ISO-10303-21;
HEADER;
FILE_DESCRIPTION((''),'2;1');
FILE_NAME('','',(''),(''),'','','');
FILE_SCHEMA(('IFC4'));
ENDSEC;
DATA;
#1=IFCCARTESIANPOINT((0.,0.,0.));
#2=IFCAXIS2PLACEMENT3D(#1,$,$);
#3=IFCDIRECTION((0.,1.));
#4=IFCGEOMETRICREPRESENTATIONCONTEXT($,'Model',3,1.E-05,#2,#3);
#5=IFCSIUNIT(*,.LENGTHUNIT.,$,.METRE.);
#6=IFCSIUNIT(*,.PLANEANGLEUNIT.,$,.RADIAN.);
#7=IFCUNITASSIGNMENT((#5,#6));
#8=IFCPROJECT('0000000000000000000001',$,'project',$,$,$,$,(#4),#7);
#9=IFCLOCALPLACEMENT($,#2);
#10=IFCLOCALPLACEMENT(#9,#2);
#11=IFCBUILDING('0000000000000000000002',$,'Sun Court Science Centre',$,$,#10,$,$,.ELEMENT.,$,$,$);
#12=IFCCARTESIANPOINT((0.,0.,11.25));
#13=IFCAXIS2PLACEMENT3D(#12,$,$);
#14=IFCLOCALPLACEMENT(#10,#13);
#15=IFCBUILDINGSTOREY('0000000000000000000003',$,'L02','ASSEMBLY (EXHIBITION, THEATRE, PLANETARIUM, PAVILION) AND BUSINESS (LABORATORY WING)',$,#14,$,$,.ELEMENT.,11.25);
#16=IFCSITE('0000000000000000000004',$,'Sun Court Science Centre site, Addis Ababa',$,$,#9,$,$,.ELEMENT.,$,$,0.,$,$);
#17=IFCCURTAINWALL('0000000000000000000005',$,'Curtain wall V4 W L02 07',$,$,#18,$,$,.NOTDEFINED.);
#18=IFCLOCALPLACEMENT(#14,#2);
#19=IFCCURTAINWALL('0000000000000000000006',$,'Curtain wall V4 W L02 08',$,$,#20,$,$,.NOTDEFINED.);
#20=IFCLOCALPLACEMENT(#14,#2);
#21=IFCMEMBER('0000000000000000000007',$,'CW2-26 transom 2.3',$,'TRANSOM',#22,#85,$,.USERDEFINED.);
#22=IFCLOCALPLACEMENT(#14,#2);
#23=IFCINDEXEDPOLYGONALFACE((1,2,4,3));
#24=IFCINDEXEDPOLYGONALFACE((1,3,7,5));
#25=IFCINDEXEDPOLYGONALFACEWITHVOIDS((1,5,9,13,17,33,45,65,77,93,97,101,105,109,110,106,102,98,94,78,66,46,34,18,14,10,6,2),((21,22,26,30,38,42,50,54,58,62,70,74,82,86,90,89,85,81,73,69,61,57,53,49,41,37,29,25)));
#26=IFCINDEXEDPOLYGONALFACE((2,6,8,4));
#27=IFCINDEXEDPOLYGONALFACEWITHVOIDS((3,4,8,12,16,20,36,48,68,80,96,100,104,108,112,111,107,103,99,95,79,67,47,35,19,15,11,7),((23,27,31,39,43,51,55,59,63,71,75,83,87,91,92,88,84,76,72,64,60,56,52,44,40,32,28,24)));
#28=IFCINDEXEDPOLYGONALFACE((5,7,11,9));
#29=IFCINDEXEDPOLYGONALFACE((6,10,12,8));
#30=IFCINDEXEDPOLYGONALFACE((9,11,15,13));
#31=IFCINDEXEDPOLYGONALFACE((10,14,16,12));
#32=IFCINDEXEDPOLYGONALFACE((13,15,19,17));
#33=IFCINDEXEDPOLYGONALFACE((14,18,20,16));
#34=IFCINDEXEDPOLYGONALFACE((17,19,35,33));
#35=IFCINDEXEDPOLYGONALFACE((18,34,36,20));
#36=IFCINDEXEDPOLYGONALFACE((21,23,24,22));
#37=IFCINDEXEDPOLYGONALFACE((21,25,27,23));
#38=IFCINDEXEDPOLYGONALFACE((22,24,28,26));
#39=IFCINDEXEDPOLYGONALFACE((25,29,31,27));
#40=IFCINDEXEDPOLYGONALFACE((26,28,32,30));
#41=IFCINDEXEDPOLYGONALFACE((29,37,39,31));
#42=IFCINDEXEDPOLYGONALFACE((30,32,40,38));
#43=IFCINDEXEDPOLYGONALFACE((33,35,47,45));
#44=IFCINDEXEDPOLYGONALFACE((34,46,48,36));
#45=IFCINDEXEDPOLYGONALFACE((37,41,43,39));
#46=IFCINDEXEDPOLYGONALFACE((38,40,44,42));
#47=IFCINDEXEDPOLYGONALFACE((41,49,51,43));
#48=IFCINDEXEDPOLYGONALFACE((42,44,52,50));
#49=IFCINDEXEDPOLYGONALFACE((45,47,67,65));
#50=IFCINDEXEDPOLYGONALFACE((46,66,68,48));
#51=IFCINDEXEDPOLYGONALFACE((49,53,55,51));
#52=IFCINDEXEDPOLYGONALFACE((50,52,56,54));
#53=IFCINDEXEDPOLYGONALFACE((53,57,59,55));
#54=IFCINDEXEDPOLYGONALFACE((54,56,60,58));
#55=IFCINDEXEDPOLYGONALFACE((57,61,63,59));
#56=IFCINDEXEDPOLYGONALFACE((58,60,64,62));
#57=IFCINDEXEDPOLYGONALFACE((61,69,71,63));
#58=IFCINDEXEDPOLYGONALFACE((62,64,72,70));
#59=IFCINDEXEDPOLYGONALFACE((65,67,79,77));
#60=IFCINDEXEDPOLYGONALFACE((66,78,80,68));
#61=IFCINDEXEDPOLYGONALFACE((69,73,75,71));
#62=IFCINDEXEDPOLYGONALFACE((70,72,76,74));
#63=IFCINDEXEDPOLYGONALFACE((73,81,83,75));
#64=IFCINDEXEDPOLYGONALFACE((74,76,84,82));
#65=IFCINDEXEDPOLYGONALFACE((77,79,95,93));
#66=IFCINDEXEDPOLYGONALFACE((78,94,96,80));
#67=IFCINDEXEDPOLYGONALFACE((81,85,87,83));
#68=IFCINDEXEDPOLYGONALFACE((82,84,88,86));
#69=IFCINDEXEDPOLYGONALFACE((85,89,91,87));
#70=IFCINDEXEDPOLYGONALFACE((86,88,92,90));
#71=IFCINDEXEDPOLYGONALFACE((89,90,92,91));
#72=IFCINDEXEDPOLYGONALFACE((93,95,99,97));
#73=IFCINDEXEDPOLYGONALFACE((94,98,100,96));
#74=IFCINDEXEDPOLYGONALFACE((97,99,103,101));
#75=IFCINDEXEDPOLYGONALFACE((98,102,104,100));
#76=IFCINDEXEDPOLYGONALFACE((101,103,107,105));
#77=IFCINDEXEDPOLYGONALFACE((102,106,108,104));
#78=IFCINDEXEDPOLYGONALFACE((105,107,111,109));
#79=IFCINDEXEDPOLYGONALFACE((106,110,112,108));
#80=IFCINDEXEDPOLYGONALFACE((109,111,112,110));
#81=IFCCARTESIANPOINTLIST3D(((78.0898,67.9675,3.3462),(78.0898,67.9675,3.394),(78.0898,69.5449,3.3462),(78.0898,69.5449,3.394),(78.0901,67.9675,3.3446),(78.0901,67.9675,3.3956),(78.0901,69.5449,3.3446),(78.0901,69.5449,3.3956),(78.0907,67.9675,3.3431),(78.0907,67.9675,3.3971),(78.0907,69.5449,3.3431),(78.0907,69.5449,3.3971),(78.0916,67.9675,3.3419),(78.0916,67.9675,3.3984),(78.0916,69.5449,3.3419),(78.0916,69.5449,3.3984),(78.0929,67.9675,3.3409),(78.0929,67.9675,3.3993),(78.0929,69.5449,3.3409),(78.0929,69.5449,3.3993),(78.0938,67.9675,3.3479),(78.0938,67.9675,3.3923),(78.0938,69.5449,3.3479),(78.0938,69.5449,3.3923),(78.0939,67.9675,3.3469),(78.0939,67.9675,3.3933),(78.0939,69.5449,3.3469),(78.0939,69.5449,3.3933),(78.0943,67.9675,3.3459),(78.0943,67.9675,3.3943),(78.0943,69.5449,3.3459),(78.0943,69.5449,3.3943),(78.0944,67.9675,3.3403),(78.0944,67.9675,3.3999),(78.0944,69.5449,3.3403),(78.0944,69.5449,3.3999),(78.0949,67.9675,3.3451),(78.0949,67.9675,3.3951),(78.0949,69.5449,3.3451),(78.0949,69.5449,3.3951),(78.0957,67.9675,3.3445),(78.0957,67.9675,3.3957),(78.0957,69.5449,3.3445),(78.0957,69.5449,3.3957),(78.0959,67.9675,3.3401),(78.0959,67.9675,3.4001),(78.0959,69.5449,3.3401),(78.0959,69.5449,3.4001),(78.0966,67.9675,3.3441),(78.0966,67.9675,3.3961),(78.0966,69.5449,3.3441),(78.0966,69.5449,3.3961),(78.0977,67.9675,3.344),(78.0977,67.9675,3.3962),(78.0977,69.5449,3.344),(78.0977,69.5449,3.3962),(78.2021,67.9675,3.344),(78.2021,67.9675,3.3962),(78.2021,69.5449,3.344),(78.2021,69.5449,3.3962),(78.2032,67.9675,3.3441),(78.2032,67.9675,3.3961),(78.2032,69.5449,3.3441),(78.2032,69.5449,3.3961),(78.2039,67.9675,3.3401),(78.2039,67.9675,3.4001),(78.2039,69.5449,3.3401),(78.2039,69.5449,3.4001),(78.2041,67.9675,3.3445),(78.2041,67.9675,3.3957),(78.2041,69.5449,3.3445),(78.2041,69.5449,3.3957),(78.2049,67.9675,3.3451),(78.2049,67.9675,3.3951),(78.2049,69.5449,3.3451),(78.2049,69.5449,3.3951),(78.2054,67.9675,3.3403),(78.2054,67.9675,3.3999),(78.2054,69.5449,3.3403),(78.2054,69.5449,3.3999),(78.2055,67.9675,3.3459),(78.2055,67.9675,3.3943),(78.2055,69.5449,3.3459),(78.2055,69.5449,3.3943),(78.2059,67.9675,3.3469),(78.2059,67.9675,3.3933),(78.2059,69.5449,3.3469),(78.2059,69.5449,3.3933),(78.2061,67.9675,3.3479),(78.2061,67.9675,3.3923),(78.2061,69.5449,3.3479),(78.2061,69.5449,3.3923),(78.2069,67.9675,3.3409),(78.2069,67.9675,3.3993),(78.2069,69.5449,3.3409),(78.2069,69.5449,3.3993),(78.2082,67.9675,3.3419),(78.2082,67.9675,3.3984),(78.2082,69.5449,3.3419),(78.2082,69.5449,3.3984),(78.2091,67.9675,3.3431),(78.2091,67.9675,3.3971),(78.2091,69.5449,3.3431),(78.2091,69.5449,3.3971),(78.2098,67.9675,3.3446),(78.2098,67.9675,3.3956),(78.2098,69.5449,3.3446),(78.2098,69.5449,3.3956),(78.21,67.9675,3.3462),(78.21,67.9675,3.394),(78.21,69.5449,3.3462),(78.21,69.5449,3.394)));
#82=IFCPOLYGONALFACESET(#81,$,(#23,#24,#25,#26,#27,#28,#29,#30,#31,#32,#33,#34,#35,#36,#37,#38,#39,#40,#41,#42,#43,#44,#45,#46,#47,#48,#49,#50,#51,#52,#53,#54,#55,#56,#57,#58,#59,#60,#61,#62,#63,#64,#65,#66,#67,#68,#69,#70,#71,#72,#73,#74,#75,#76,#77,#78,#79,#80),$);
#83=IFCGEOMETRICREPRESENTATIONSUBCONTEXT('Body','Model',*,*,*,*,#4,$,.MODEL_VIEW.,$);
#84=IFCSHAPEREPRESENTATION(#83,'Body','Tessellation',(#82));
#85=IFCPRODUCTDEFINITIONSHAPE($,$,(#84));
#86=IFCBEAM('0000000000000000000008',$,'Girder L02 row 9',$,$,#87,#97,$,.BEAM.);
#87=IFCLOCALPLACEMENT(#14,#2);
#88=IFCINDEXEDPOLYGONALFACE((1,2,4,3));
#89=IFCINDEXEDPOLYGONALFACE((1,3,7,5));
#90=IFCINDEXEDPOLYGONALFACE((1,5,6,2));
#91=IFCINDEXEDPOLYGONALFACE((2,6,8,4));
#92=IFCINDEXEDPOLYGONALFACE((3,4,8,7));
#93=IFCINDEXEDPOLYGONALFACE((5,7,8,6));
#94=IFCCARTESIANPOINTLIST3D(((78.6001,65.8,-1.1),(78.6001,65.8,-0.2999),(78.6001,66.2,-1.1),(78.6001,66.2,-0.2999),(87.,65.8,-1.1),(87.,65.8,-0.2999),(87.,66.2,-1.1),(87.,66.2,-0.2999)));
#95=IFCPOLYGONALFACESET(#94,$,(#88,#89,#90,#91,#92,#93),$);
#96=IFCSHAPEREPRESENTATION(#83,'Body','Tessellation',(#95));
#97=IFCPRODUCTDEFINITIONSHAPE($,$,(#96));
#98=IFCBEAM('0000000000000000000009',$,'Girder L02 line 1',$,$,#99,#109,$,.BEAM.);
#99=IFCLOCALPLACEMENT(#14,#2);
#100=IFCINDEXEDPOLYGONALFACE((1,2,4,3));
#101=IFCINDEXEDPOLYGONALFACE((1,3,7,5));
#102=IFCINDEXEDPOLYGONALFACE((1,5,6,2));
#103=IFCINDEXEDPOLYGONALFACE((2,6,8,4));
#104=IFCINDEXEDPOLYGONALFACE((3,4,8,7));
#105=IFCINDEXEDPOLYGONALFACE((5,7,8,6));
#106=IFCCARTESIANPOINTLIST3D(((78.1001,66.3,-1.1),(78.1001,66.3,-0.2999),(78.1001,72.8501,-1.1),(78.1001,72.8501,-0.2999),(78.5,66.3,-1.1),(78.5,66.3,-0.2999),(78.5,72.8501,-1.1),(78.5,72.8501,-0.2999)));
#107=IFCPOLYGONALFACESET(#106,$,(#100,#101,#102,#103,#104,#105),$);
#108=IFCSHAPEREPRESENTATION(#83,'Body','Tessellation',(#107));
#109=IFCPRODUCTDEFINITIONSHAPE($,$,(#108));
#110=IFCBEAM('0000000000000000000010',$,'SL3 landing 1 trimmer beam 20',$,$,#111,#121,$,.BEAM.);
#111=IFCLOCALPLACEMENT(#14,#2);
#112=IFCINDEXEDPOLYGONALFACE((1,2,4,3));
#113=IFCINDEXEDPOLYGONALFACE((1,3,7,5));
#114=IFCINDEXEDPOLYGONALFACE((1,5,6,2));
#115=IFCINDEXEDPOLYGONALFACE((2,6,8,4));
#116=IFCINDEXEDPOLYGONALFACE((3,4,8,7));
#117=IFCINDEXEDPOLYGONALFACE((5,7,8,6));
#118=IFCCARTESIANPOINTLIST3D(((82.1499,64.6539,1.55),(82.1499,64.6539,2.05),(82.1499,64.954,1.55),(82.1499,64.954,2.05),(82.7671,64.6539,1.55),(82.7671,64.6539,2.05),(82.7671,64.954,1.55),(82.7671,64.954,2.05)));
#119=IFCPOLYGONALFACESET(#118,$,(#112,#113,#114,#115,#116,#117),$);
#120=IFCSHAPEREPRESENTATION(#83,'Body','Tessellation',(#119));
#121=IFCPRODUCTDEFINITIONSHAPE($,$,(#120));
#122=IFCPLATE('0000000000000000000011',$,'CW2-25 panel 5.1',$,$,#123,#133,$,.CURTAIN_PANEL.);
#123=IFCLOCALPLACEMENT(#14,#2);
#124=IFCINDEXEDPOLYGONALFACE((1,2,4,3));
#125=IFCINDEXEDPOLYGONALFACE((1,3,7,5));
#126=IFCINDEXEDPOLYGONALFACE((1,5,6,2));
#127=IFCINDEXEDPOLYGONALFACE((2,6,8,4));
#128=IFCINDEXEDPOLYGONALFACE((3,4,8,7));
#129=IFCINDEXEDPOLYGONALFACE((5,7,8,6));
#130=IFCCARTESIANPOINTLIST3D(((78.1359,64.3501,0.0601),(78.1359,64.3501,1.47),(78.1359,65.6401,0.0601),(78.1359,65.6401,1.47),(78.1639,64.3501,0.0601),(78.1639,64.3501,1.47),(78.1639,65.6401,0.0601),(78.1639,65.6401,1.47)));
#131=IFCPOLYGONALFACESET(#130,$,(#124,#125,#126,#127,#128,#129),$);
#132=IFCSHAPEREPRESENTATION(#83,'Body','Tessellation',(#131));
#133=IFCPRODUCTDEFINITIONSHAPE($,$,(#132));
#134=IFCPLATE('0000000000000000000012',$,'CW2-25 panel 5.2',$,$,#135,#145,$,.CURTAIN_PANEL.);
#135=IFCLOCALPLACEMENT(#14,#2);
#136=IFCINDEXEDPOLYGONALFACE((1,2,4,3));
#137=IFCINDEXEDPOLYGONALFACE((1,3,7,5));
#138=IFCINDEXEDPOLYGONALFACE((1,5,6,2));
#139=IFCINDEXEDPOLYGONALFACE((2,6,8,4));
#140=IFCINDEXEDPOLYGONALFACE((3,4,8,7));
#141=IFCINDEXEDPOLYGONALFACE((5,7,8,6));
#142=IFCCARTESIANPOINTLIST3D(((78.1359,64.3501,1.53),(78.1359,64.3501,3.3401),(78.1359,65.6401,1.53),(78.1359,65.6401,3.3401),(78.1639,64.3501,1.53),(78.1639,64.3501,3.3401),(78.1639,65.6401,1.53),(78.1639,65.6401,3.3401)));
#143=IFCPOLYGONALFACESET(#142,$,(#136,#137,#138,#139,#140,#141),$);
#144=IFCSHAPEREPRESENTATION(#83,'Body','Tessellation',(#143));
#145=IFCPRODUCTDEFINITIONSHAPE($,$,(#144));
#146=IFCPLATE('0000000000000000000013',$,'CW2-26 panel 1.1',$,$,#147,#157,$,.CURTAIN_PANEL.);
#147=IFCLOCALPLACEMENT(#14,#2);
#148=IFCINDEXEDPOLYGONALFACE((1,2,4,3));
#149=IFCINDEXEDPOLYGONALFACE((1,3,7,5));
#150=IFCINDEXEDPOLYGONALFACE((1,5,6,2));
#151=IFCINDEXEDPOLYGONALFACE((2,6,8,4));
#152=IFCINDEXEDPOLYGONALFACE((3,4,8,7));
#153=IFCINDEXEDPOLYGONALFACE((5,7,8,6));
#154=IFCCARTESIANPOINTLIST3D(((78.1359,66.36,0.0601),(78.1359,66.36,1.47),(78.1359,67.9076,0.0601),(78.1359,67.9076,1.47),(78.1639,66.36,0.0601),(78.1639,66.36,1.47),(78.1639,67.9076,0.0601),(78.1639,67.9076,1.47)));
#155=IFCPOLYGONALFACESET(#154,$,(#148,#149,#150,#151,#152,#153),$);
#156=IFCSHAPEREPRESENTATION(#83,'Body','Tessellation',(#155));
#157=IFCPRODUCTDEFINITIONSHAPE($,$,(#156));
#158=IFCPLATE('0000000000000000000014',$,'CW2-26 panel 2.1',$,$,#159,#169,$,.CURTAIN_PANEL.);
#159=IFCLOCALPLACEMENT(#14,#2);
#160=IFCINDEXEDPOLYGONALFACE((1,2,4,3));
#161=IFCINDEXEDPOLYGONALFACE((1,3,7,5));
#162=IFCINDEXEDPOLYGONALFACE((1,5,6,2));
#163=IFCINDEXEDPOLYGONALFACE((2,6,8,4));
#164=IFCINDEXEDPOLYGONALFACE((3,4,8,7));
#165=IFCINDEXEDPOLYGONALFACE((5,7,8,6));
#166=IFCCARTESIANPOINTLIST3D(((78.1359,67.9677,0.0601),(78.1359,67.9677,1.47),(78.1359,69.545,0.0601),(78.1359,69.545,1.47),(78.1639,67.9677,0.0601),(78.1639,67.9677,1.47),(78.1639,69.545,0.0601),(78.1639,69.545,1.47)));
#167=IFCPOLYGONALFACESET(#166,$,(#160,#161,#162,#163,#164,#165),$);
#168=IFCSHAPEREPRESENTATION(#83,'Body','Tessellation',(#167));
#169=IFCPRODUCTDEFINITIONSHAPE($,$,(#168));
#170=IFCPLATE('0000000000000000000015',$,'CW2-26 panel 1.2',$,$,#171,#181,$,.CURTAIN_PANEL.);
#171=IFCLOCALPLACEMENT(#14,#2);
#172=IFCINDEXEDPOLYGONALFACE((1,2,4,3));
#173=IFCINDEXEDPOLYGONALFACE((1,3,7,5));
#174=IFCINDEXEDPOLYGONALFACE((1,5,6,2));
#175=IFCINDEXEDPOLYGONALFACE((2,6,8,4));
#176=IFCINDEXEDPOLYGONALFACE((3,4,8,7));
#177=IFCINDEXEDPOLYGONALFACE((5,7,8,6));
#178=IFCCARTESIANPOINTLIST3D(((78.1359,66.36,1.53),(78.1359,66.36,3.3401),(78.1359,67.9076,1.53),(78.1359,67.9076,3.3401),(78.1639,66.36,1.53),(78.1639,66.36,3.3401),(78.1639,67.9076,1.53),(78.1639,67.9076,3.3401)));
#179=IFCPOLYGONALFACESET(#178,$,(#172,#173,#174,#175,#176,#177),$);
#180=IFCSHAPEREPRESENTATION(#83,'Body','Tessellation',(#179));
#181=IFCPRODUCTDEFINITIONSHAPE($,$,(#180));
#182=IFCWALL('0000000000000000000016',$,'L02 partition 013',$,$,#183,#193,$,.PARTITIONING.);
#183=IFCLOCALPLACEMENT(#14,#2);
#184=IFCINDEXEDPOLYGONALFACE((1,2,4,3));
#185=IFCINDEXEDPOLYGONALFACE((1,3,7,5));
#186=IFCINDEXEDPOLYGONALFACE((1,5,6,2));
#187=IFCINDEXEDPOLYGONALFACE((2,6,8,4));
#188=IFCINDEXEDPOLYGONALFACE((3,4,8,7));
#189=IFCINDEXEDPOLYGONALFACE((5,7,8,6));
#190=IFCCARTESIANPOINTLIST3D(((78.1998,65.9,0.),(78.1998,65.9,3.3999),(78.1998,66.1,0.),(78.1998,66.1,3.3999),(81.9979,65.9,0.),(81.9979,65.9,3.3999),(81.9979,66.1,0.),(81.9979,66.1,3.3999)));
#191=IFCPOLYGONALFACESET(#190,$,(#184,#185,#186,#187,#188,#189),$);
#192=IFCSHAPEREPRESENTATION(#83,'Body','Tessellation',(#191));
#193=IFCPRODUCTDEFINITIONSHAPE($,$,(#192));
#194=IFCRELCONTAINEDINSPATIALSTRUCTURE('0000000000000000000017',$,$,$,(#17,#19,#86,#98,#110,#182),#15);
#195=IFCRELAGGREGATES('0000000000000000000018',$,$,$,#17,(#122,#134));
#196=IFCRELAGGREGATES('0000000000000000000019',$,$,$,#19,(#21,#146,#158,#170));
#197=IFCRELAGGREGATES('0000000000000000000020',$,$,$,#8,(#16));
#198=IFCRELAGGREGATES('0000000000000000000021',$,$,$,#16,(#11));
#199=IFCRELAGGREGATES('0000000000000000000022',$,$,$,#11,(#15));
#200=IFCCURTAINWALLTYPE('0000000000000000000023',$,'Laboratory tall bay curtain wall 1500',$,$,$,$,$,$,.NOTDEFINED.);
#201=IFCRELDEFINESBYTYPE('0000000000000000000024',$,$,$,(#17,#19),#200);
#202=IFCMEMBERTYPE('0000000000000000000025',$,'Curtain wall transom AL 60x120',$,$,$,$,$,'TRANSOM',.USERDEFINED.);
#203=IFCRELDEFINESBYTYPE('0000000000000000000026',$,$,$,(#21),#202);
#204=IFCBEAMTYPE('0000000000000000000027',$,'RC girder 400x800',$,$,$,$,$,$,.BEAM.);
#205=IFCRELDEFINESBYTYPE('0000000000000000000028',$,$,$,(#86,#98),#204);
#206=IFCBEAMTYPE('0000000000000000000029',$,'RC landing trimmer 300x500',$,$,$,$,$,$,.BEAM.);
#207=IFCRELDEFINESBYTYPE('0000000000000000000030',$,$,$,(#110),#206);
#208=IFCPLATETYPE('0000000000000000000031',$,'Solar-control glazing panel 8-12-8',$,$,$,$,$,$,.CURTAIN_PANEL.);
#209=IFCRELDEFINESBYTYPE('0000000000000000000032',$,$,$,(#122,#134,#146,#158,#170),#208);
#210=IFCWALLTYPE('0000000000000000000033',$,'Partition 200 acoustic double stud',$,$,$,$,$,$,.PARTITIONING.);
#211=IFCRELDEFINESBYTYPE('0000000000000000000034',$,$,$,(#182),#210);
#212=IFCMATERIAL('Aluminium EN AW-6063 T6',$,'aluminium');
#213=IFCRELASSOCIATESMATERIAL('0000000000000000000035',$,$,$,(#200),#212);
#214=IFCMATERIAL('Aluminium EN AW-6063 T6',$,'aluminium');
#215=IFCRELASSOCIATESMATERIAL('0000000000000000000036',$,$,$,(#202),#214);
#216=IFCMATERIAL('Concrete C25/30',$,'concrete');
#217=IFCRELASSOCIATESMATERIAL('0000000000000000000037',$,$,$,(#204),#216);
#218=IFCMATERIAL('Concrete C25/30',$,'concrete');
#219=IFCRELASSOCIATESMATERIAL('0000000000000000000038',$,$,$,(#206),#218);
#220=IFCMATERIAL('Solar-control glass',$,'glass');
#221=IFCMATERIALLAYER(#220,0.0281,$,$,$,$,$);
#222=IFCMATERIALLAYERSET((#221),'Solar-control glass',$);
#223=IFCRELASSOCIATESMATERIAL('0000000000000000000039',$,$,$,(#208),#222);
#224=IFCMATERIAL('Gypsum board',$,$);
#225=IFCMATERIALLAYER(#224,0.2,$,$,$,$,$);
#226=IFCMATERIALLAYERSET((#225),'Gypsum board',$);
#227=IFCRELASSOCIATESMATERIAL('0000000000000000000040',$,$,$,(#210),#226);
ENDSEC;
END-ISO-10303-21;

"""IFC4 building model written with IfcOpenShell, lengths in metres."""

from ifc_helpers import new_model, si_unit, direction, frame, frame_2d, origin, origin_2d, place, context, subcontext, project, spatial, rectangle, hollow_rectangle, extrude, material, layer, layer_set, material_profile, profile_set, type_object, element, aggregate, save


model = new_model("IFC4")

# Units and contexts
model_context = context("Model", 3, precision=1e-05, world=origin(), true_north=direction((0.0, 1.0)))
body_context = subcontext(model_context, "Body", "Model", "MODEL_VIEW")
ifc_project = project(units=[si_unit("LENGTHUNIT", "METRE"), si_unit("PLANEANGLEUNIT", "RADIAN")], contexts=[model_context])

# Site, building, storey
site_placement = place(None, origin())
site = spatial("IfcSite", under=ifc_project, at=site_placement, Name="Sun Court Science Centre site, Addis Ababa", CompositionType="ELEMENT", RefElevation=0.0)
building_placement = place(site_placement, origin())
building = spatial("IfcBuilding", under=site, at=building_placement, Name="Sun Court Science Centre", CompositionType="ELEMENT")
storey_placement = place(building_placement, frame((0.0, 0.0, 11.25)))
storey = spatial("IfcBuildingStorey", under=building, at=storey_placement, Name="L02", Description="ASSEMBLY (EXHIBITION, THEATRE, PLANETARIUM, PAVILION) AND BUSINESS (LABORATORY WING)", CompositionType="ELEMENT", Elevation=11.25)

# Curtain walls
ifc_material_1 = material(Name="Aluminium EN AW-6063 T6", Category="aluminium")
curtain_wall_type = type_object("IfcCurtainWallType", Name="Laboratory tall bay curtain wall 1500", PredefinedType="NOTDEFINED", material=ifc_material_1)
curtain_wall_1_placement = place(storey_placement, origin())
curtain_wall_1 = element("IfcCurtainWall", 1, at=curtain_wall_1_placement, inside=storey, type_object=curtain_wall_type, Name="Curtain wall V4 W L02 07", PredefinedType="NOTDEFINED")
curtain_wall_2_placement = place(storey_placement, origin())
curtain_wall_2 = element("IfcCurtainWall", 2, at=curtain_wall_2_placement, inside=storey, type_object=curtain_wall_type, Name="Curtain wall V4 W L02 08", PredefinedType="NOTDEFINED")

# Member
ifc_material_2 = material(Name="Aluminium EN AW-6063 T6", Category="aluminium")
ifc_material_profile_1 = material_profile(ifc_material_2, hollow_rectangle(XDim=0.0601, YDim=0.1201, WallThickness=0.0039, InnerFilletRadius=0.0039, OuterFilletRadius=0.0061, at=origin_2d()), Name="AL 60x120x4")
ifc_profile_set_1 = profile_set([ifc_material_profile_1], Name="Aluminium EN AW-6063 T6")
member_type_1 = type_object("IfcMemberType", Name="Curtain wall transom AL 60x120", ElementType="TRANSOM", PredefinedType="USERDEFINED", material=ifc_profile_set_1)
member_1_placement = place(storey_placement, frame((78.1499, 67.9675, 3.3701), z_axis=(0.0, 1.0, 0.0), x_axis=(0.0, 0.0, 1.0)))
member_1 = element("IfcMember", 3, at=member_1_placement, type_object=member_type_1, Name="CW2-26 transom 2.3", ObjectType="TRANSOM", PredefinedType="USERDEFINED", context=body_context, shape_type="SweptSolid", body=[
    extrude(hollow_rectangle(XDim=0.0601, YDim=0.1201, WallThickness=0.0039, InnerFilletRadius=0.0039, OuterFilletRadius=0.0061, at=origin_2d()), origin(), (0.0, 0.0, 1.0), 1.5774),
])

# Beams
ifc_material_3 = material(Name="Concrete C25/30", Category="concrete")
ifc_material_profile_2 = material_profile(ifc_material_3, rectangle(XDim=0.3999, YDim=0.8, at=origin_2d()), Name="RC 400x800")
ifc_profile_set_2 = profile_set([ifc_material_profile_2], Name="Concrete C25/30")
beam_type_1 = type_object("IfcBeamType", Name="RC girder 400x800", PredefinedType="BEAM", material=ifc_profile_set_2)
beam_1_placement = place(storey_placement, frame((78.6001, 66.0, -0.7), z_axis=(1.0, 0.0, 0.0), x_axis=(0.0, 1.0, 0.0)))
element("IfcBeam", 4, at=beam_1_placement, inside=storey, type_object=beam_type_1, Name="Girder L02 row 9", PredefinedType="BEAM", context=body_context, shape_type="SweptSolid", body=[
    extrude(rectangle(XDim=0.3999, YDim=0.8, at=origin_2d()), origin(), (0.0, 0.0, 1.0), 8.3999),
])
beam_2_placement = place(storey_placement, frame((78.3, 66.3, -0.7), z_axis=(0.0, 1.0, 0.0), x_axis=(-1.0, 0.0, 0.0)))
element("IfcBeam", 5, at=beam_2_placement, inside=storey, type_object=beam_type_1, Name="Girder L02 line 1", PredefinedType="BEAM", context=body_context, shape_type="SweptSolid", body=[
    extrude(rectangle(XDim=0.3999, YDim=0.8, at=origin_2d()), origin(), (0.0, 0.0, 1.0), 6.55),
])
ifc_material_4 = material(Name="Concrete C25/30", Category="concrete")
ifc_material_profile_3 = material_profile(ifc_material_4, rectangle(XDim=0.3, YDim=0.5, at=origin_2d()), Name="RC 300x500")
ifc_profile_set_3 = profile_set([ifc_material_profile_3], Name="Concrete C25/30")
beam_type_2 = type_object("IfcBeamType", Name="RC landing trimmer 300x500", PredefinedType="BEAM", material=ifc_profile_set_3)
beam_3_placement = place(storey_placement, frame((82.1499, 64.804, 1.8), z_axis=(1.0, 0.0, 0.0), x_axis=(0.0, 1.0, 0.0)))
element("IfcBeam", 6, at=beam_3_placement, inside=storey, type_object=beam_type_2, Name="SL3 landing 1 trimmer beam 20", PredefinedType="BEAM", context=body_context, shape_type="SweptSolid", body=[
    extrude(rectangle(XDim=0.3, YDim=0.5, at=origin_2d()), origin(), (0.0, 0.0, 1.0), 0.6172),
])

# Plates
ifc_material_5 = material(Name="Solar-control glass", Category="glass")
ifc_layer_1 = layer(ifc_material_5, 0.0281)
ifc_layer_set_1 = layer_set([ifc_layer_1], Name="Solar-control glass")
plate_type = type_object("IfcPlateType", Name="Solar-control glazing panel 8-12-8", PredefinedType="CURTAIN_PANEL", material=ifc_layer_set_1)
plate_1_placement = place(storey_placement, frame((78.1499, 64.9951, 0.0601), z_axis=(0.0, 0.0, 1.0), x_axis=(0.0, 1.0, 0.0)))
plate_1 = element("IfcPlate", 7, at=plate_1_placement, type_object=plate_type, Name="CW2-25 panel 5.1", PredefinedType="CURTAIN_PANEL", context=body_context, shape_type="SweptSolid", body=[
    extrude(rectangle(XDim=1.29, YDim=0.0281, at=origin_2d()), origin(), (0.0, 0.0, 1.0), 1.4099),
])
plate_2_placement = place(storey_placement, frame((78.1499, 64.9951, 1.53), z_axis=(0.0, 0.0, 1.0), x_axis=(0.0, 1.0, 0.0)))
plate_2 = element("IfcPlate", 8, at=plate_2_placement, type_object=plate_type, Name="CW2-25 panel 5.2", PredefinedType="CURTAIN_PANEL", context=body_context, shape_type="SweptSolid", body=[
    extrude(rectangle(XDim=1.29, YDim=0.0281, at=origin_2d()), origin(), (0.0, 0.0, 1.0), 1.8101),
])
aggregate(curtain_wall_1, [plate_1, plate_2])
plate_3_placement = place(storey_placement, frame((78.1499, 67.1338, 0.0601), z_axis=(0.0, 0.0, 1.0), x_axis=(0.0, 1.0, 0.0)))
plate_3 = element("IfcPlate", 9, at=plate_3_placement, type_object=plate_type, Name="CW2-26 panel 1.1", PredefinedType="CURTAIN_PANEL", context=body_context, shape_type="SweptSolid", body=[
    extrude(rectangle(XDim=1.5476, YDim=0.0281, at=origin_2d()), origin(), (0.0, 0.0, 1.0), 1.4099),
])
plate_4_placement = place(storey_placement, frame((78.1499, 68.7563, 0.0601), z_axis=(0.0, 0.0, 1.0), x_axis=(0.0, 1.0, 0.0)))
plate_4 = element("IfcPlate", 10, at=plate_4_placement, type_object=plate_type, Name="CW2-26 panel 2.1", PredefinedType="CURTAIN_PANEL", context=body_context, shape_type="SweptSolid", body=[
    extrude(rectangle(XDim=1.5774, YDim=0.0281, at=origin_2d()), origin(), (0.0, 0.0, 1.0), 1.4099),
])
plate_5_placement = place(storey_placement, frame((78.1499, 67.1338, 1.53), z_axis=(0.0, 0.0, 1.0), x_axis=(0.0, 1.0, 0.0)))
plate_5 = element("IfcPlate", 11, at=plate_5_placement, type_object=plate_type, Name="CW2-26 panel 1.2", PredefinedType="CURTAIN_PANEL", context=body_context, shape_type="SweptSolid", body=[
    extrude(rectangle(XDim=1.5476, YDim=0.0281, at=origin_2d()), origin(), (0.0, 0.0, 1.0), 1.8101),
])
aggregate(curtain_wall_2, [member_1, plate_3, plate_4, plate_5])

# Wall
ifc_material_6 = material(Name="Gypsum board")
ifc_layer_2 = layer(ifc_material_6, 0.2)
ifc_layer_set_2 = layer_set([ifc_layer_2], Name="Gypsum board")
wall_type_1 = type_object("IfcWallType", Name="Partition 200 acoustic double stud", PredefinedType="PARTITIONING", material=ifc_layer_set_2)
wall_1_placement = place(storey_placement, frame((78.2, 66.0, 0.0), z_axis=(0.0, 0.0, 1.0), x_axis=(1.0, 0.0, 0.0)))
element("IfcWall", 12, at=wall_1_placement, inside=storey, type_object=wall_type_1, Name="L02 partition 013", PredefinedType="PARTITIONING", context=body_context, shape_type="SweptSolid", body=[
    extrude(rectangle(XDim=3.7981, YDim=0.2, at=frame_2d((1.8989, 0.0))), origin(), (0.0, 0.0, 1.0), 3.3999),
])

save(model, "model.ifc")
